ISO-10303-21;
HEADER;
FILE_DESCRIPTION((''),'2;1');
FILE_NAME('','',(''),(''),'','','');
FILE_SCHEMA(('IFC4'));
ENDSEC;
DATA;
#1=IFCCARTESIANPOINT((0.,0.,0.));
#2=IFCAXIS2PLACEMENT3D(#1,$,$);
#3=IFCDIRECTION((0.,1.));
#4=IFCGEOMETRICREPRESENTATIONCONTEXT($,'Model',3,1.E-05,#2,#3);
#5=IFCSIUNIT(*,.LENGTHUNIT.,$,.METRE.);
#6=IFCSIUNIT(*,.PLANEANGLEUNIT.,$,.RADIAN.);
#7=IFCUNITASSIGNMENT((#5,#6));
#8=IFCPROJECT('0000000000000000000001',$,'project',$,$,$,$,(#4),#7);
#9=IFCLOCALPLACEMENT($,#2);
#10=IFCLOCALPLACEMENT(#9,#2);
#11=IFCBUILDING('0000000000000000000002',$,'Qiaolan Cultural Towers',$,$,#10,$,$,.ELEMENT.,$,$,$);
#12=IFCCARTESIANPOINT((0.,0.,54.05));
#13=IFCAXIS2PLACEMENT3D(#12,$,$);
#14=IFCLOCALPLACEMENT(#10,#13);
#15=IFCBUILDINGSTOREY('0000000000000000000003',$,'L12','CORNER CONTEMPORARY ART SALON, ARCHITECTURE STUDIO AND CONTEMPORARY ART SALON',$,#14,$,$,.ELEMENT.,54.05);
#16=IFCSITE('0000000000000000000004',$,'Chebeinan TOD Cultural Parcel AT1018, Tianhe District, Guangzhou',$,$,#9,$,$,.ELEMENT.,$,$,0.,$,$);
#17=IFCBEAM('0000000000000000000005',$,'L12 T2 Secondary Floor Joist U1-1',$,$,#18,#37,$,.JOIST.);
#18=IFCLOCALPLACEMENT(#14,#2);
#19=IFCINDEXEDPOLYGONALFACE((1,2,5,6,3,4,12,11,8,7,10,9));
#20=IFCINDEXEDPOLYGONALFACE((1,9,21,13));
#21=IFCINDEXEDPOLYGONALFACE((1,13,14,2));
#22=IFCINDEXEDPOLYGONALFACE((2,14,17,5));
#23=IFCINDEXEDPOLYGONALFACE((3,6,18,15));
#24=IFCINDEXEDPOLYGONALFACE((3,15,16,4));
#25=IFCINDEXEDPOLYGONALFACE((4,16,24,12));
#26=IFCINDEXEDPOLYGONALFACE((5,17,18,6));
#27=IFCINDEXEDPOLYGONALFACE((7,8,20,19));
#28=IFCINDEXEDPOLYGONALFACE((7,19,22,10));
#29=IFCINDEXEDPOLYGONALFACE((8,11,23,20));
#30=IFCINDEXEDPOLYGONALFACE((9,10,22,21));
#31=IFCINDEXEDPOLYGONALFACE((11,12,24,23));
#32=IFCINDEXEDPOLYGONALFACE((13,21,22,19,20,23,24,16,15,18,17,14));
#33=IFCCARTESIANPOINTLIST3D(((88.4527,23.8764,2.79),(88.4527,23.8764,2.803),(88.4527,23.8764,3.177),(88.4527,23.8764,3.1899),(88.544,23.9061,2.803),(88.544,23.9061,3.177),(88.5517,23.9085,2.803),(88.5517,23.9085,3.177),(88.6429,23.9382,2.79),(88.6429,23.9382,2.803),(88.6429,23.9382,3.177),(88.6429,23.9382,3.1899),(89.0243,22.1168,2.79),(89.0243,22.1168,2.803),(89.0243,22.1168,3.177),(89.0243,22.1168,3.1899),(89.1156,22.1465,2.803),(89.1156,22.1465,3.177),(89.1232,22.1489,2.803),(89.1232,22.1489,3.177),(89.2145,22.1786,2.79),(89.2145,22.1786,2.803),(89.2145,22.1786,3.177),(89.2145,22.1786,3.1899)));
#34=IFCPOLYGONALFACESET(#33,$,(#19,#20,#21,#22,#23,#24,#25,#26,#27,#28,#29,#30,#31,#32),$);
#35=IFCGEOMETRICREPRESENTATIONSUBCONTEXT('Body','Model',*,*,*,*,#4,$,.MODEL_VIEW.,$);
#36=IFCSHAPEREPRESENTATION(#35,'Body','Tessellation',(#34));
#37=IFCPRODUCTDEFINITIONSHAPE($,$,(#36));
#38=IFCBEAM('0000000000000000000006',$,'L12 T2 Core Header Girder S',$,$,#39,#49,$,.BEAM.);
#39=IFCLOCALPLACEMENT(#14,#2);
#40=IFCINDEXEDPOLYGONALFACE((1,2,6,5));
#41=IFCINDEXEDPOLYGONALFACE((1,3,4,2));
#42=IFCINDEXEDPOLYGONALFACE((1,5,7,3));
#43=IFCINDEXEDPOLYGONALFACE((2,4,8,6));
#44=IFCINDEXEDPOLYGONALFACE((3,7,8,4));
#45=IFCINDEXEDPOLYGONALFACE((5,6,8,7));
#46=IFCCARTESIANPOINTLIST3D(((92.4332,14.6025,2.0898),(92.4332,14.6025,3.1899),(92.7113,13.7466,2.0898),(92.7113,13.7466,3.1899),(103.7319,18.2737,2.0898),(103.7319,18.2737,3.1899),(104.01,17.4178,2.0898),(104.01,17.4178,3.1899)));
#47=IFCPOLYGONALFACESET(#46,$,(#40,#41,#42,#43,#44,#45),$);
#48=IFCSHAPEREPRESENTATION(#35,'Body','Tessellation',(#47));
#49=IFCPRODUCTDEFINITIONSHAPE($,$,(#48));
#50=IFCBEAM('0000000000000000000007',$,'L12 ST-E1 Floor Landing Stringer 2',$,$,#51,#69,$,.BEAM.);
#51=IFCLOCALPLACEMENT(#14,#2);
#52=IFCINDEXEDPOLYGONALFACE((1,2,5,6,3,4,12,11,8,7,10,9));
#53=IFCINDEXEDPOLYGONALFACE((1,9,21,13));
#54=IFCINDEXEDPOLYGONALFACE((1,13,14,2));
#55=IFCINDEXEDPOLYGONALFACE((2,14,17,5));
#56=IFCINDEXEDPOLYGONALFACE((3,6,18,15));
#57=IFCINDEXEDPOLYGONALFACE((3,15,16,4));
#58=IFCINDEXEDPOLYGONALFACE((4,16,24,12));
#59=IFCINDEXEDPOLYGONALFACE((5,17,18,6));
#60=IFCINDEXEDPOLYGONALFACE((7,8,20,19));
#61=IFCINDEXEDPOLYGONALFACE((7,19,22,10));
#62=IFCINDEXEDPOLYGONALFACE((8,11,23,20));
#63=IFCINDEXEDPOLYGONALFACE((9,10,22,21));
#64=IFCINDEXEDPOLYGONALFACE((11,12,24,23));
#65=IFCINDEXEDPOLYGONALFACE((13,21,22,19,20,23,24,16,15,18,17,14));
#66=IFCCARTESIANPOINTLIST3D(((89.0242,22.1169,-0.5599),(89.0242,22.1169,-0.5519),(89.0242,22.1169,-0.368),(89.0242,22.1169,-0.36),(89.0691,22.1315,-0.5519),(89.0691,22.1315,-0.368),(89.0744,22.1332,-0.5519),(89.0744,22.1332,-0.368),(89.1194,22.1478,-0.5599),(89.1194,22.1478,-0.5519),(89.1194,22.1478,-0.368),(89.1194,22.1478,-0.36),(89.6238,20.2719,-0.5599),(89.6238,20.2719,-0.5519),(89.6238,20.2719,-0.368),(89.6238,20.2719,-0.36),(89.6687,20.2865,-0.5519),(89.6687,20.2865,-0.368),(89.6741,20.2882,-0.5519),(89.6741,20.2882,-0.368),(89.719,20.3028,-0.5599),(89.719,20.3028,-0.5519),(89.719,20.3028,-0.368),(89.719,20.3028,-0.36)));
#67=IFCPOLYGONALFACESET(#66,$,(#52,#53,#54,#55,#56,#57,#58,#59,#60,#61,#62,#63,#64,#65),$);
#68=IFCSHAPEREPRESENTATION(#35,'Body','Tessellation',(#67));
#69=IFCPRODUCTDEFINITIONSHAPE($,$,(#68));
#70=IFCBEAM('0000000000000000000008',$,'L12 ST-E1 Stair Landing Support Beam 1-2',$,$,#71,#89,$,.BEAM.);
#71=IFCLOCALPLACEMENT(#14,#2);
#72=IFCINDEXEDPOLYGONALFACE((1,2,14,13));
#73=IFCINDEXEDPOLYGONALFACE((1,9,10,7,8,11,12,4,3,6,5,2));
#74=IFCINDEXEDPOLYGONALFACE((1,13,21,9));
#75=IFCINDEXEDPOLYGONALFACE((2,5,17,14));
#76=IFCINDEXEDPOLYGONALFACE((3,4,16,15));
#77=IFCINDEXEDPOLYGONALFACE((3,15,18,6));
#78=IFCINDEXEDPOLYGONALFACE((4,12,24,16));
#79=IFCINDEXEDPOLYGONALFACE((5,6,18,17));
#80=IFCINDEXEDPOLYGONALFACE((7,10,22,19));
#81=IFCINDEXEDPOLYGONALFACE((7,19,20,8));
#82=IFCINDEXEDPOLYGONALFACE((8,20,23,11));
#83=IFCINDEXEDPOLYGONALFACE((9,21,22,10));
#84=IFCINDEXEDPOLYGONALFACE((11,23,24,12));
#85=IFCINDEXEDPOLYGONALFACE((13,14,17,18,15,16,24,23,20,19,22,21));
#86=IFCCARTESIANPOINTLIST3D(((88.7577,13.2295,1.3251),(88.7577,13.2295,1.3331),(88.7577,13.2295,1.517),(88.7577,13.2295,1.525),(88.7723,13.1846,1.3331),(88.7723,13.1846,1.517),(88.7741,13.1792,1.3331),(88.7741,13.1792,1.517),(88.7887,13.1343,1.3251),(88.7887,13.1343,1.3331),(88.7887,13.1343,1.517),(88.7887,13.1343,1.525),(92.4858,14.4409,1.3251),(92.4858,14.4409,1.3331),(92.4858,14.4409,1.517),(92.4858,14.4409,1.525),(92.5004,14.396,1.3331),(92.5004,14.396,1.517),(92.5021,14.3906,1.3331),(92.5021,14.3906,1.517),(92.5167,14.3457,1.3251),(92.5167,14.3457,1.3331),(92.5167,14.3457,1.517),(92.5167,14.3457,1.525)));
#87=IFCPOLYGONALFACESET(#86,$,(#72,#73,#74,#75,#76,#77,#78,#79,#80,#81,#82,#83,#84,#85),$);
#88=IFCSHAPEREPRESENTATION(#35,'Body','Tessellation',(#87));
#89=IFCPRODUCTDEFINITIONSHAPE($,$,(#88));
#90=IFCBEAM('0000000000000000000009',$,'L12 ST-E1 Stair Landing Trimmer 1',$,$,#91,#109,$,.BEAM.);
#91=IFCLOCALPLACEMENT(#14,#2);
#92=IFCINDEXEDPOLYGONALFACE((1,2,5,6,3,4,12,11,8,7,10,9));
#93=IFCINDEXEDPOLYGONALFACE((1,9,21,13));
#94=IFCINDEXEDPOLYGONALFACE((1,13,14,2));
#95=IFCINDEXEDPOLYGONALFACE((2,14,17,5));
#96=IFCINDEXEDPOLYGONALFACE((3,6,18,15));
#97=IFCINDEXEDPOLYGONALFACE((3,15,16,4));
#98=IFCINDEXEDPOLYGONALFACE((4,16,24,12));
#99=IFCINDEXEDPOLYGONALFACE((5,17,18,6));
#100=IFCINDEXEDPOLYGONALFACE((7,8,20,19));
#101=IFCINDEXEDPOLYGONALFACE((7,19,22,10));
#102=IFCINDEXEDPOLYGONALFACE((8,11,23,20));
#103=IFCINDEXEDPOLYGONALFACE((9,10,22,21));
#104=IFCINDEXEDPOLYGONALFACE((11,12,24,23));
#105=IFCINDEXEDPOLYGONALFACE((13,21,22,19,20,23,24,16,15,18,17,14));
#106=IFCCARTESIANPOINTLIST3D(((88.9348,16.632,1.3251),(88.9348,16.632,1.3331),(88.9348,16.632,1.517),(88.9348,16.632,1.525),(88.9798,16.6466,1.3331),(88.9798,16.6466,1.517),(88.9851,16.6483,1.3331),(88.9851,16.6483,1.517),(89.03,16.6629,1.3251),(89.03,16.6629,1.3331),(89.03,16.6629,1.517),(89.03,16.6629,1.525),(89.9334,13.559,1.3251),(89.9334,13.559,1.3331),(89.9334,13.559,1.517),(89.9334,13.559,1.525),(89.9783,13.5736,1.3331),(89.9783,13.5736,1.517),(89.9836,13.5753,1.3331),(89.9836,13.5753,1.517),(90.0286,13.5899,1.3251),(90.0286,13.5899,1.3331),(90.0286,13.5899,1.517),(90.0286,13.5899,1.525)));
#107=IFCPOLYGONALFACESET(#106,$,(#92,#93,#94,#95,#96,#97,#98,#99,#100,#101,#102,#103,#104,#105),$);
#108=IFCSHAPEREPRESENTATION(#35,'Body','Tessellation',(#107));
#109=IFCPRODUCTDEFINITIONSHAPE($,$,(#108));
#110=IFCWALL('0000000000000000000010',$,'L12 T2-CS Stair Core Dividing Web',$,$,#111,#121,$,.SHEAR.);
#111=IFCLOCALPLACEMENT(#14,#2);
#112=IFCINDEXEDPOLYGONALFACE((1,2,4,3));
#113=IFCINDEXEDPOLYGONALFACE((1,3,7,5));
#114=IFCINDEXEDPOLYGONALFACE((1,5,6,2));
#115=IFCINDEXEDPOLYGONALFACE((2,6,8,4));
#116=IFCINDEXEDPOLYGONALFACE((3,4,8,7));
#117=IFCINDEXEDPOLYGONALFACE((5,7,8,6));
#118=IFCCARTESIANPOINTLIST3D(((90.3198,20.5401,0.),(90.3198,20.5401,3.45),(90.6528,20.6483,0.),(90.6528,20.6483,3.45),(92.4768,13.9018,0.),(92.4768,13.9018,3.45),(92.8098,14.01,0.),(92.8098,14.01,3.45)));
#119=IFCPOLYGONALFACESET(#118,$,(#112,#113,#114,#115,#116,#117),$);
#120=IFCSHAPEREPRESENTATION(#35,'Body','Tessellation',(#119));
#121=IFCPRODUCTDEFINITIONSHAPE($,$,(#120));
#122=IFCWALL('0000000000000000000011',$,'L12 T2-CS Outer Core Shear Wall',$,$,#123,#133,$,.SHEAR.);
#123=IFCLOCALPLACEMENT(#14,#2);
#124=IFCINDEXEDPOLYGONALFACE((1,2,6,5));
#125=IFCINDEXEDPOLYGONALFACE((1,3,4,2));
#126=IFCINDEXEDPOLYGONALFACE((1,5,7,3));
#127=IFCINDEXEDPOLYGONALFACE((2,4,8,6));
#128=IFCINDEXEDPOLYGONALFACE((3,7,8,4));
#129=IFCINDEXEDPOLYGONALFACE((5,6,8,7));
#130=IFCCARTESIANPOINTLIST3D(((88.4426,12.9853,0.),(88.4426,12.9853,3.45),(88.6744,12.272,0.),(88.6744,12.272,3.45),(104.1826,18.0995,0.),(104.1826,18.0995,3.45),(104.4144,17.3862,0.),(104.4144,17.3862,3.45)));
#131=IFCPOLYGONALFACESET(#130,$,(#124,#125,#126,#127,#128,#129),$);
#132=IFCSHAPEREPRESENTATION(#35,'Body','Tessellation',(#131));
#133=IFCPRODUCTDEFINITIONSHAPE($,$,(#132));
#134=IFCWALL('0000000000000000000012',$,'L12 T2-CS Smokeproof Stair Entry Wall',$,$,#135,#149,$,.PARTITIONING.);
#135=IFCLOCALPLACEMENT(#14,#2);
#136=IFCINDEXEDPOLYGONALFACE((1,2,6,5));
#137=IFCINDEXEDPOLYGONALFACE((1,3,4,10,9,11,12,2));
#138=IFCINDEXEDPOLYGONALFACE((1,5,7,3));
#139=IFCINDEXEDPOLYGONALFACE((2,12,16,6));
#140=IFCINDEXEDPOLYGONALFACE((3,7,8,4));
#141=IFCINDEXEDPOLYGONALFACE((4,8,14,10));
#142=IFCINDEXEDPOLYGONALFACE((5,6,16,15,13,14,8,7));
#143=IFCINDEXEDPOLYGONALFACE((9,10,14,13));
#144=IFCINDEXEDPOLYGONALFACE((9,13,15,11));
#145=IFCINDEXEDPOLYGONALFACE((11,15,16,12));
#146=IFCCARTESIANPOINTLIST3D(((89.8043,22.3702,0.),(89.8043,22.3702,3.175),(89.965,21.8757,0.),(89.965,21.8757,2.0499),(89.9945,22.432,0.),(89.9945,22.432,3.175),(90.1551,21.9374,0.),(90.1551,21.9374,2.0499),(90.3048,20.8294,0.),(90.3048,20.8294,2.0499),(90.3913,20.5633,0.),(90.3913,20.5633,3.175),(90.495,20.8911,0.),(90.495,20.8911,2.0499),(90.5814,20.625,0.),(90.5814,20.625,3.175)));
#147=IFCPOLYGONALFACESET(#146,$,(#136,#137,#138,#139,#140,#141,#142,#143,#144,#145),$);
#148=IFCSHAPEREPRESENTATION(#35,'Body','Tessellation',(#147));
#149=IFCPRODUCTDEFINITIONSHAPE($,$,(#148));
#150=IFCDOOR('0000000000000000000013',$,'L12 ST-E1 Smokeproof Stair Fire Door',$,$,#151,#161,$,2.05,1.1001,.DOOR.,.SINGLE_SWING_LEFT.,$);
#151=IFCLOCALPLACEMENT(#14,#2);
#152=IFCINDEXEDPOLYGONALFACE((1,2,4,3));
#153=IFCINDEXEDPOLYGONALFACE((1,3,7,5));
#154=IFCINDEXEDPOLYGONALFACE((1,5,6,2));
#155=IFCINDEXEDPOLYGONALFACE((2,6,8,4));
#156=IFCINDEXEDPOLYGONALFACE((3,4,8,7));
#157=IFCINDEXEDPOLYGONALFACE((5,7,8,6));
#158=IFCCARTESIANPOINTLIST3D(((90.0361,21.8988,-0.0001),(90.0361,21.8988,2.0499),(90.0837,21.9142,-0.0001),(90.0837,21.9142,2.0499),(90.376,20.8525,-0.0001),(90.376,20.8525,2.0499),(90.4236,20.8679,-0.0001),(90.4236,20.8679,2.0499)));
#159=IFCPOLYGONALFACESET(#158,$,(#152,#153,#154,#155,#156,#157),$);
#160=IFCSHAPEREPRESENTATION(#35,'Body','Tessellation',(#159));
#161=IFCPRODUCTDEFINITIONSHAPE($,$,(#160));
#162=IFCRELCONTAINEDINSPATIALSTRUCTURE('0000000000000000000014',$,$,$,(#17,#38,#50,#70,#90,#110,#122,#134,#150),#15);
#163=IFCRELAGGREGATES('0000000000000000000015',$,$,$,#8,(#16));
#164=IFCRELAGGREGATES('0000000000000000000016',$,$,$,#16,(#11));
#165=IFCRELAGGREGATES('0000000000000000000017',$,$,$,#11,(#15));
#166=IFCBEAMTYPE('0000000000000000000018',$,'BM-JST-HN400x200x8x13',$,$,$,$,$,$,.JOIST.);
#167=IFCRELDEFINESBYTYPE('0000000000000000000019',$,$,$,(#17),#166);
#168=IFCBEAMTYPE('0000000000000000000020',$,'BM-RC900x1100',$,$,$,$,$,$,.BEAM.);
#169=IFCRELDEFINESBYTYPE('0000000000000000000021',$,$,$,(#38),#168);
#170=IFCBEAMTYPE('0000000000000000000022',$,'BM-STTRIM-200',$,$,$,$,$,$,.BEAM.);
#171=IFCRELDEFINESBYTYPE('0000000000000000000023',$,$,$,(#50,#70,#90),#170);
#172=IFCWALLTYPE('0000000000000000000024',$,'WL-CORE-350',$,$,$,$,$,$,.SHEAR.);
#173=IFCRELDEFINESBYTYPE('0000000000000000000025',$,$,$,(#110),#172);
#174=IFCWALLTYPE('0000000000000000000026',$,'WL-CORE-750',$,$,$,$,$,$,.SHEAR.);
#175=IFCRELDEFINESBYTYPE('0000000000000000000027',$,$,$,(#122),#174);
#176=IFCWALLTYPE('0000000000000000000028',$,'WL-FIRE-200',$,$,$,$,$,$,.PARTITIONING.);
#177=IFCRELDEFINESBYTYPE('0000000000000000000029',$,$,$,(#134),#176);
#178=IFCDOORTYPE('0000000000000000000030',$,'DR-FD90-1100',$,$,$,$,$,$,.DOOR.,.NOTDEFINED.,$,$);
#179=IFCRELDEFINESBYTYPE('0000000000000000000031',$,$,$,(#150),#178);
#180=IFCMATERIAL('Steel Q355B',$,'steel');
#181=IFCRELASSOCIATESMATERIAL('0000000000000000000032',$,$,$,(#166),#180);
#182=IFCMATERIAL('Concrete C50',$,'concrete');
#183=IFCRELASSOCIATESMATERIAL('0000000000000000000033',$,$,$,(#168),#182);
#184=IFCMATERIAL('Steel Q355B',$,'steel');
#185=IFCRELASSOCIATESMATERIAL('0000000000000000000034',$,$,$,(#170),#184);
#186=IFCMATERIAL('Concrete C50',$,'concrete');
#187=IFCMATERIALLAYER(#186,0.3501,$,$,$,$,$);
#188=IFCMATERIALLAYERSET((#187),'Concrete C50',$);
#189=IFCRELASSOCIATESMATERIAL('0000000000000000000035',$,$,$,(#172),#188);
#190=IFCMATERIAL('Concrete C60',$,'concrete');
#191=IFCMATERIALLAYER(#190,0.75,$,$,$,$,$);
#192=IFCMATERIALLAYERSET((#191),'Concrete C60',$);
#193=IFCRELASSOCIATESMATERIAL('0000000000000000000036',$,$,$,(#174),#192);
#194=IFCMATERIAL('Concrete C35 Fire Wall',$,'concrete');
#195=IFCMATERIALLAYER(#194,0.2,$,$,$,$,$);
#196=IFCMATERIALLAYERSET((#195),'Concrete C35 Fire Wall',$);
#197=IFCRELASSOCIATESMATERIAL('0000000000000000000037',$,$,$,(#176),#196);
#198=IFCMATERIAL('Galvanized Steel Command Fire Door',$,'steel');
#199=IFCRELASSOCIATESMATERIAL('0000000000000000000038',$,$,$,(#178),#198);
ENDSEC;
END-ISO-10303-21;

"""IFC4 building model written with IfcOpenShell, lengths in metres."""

from ifc_helpers import new_model, si_unit, direction, frame, frame_2d, origin, origin_2d, place, context, subcontext, project, spatial, rectangle, i_section, extrude, material, layer, layer_set, material_profile, profile_set, type_object, element, fill, save


model = new_model("IFC4")

# Units and contexts
model_context = context("Model", 3, precision=1e-05, world=origin(), true_north=direction((0.0, 1.0)))
body_context = subcontext(model_context, "Body", "Model", "MODEL_VIEW")
ifc_project = project(units=[si_unit("LENGTHUNIT", "METRE"), si_unit("PLANEANGLEUNIT", "RADIAN")], contexts=[model_context])

# Site, building, storey
site_placement = place(None, origin())
site = spatial("IfcSite", under=ifc_project, at=site_placement, Name="Chebeinan TOD Cultural Parcel AT1018, Tianhe District, Guangzhou", CompositionType="ELEMENT", RefElevation=0.0)
building_placement = place(site_placement, origin())
building = spatial("IfcBuilding", under=site, at=building_placement, Name="Qiaolan Cultural Towers", CompositionType="ELEMENT")
storey_placement = place(building_placement, frame((0.0, 0.0, 54.05)))
storey = spatial("IfcBuildingStorey", under=building, at=storey_placement, Name="L12", Description="CORNER CONTEMPORARY ART SALON, ARCHITECTURE STUDIO AND CONTEMPORARY ART SALON", CompositionType="ELEMENT", Elevation=54.05)

# Beams
ifc_material_1 = material(Name="Steel Q355B", Category="steel")
ifc_material_profile_1 = material_profile(ifc_material_1, i_section(OverallWidth=0.2, OverallDepth=0.3999, WebThickness=0.0081, FlangeThickness=0.0129, at=origin_2d()), Name="HN400x200x8x13")
ifc_profile_set_1 = profile_set([ifc_material_profile_1], Name="Steel Q355B")
beam_type_1 = type_object("IfcBeamType", Name="BM-JST-HN400x200x8x13", PredefinedType="JOIST", material=ifc_profile_set_1)
beam_1_placement = place(storey_placement, frame((89.1194, 22.1477, 2.99), z_axis=(-0.308934, 0.951084, 0.0), x_axis=(-0.951084, -0.308934, 0.0)))
element("IfcBeam", 1, at=beam_1_placement, inside=storey, type_object=beam_type_1, Name="L12 T2 Secondary Floor Joist U1-1", PredefinedType="JOIST", context=body_context, shape_type="SweptSolid", body=[
    extrude(i_section(OverallWidth=0.2, OverallDepth=0.3999, WebThickness=0.0081, FlangeThickness=0.0129, at=origin_2d()), origin(), (0.0, 0.0, 1.0), 1.8501),
])
ifc_material_2 = material(Name="Concrete C50", Category="concrete")
ifc_material_profile_2 = material_profile(ifc_material_2, rectangle(XDim=0.8999, YDim=1.1001, at=origin_2d()), Name="RC900x1100")
ifc_profile_set_2 = profile_set([ifc_material_profile_2], Name="Concrete C50")
beam_type_2 = type_object("IfcBeamType", Name="BM-RC900x1100", PredefinedType="BEAM", material=ifc_profile_set_2)
beam_2_placement = place(storey_placement, frame((92.5723, 14.1746, 2.6399), z_axis=(0.951056, 0.309018, 0.0), x_axis=(-0.309018, 0.951056, 0.0)))
element("IfcBeam", 2, at=beam_2_placement, inside=storey, type_object=beam_type_2, Name="L12 T2 Core Header Girder S", PredefinedType="BEAM", context=body_context, shape_type="SweptSolid", body=[
    extrude(rectangle(XDim=0.8999, YDim=1.1001, at=origin_2d()), origin(), (0.0, 0.0, 1.0), 11.8801),
])
ifc_material_3 = material(Name="Steel Q355B", Category="steel")
ifc_material_profile_3 = material_profile(ifc_material_3, i_section(OverallWidth=0.1001, OverallDepth=0.2, WebThickness=0.0056, FlangeThickness=0.0081, at=origin_2d()), Name="HN200x100x5.5x8")
ifc_profile_set_3 = profile_set([ifc_material_profile_3], Name="Steel Q355B")
beam_type_3 = type_object("IfcBeamType", Name="BM-STTRIM-200", PredefinedType="BEAM", material=ifc_profile_set_3)
beam_3_placement = place(storey_placement, frame((89.0718, 22.1323, -0.46), z_axis=(0.309083, -0.951035, 0.0), x_axis=(0.951035, 0.309083, 0.0)))
element("IfcBeam", 3, at=beam_3_placement, inside=storey, type_object=beam_type_3, Name="L12 ST-E1 Floor Landing Stringer 2", PredefinedType="BEAM", context=body_context, shape_type="SweptSolid", body=[
    extrude(i_section(OverallWidth=0.1001, OverallDepth=0.2, WebThickness=0.0056, FlangeThickness=0.0081, at=origin_2d()), origin(), (0.0, 0.0, 1.0), 1.9399),
])
beam_4_placement = place(storey_placement, frame((88.7732, 13.1819, 1.425), z_axis=(0.951048, 0.309044, 0.0), x_axis=(-0.309044, 0.951048, 0.0)))
element("IfcBeam", 4, at=beam_4_placement, inside=storey, type_object=beam_type_3, Name="L12 ST-E1 Stair Landing Support Beam 1-2", PredefinedType="BEAM", context=body_context, shape_type="SweptSolid", body=[
    extrude(i_section(OverallWidth=0.1001, OverallDepth=0.2, WebThickness=0.0056, FlangeThickness=0.0081, at=origin_2d()), origin(), (0.0, 0.0, 1.0), 3.9199),
])
beam_5_placement = place(storey_placement, frame((88.9824, 16.6475, 1.425), z_axis=(0.309033, -0.951051, 0.0), x_axis=(0.951051, 0.309033, 0.0)))
element("IfcBeam", 5, at=beam_5_placement, inside=storey, type_object=beam_type_3, Name="L12 ST-E1 Stair Landing Trimmer 1", PredefinedType="BEAM", context=body_context, shape_type="SweptSolid", body=[
    extrude(i_section(OverallWidth=0.1001, OverallDepth=0.2, WebThickness=0.0056, FlangeThickness=0.0081, at=origin_2d()), origin(), (0.0, 0.0, 1.0), 3.2312),
])

# Walls
ifc_material_4 = material(Name="Concrete C50", Category="concrete")
ifc_layer_1 = layer(ifc_material_4, 0.3501)
ifc_layer_set_1 = layer_set([ifc_layer_1], Name="Concrete C50")
wall_type_1 = type_object("IfcWallType", Name="WL-CORE-350", PredefinedType="SHEAR", material=ifc_layer_set_1)
wall_1_placement = place(storey_placement, frame((90.4863, 20.5942, 0.0), z_axis=(0.0, 0.0, 1.0), x_axis=(0.30902, -0.951055, 0.0)))
element("IfcWall", 6, at=wall_1_placement, inside=storey, type_object=wall_type_1, Name="L12 T2-CS Stair Core Dividing Web", PredefinedType="SHEAR", context=body_context, shape_type="SweptSolid", body=[
    extrude(rectangle(XDim=6.98, YDim=0.3501, at=frame_2d((3.49, 0.0))), origin(), (0.0, 0.0, 1.0), 3.45),
])
ifc_material_5 = material(Name="Concrete C60", Category="concrete")
ifc_layer_2 = layer(ifc_material_5, 0.75)
ifc_layer_set_2 = layer_set([ifc_layer_2], Name="Concrete C60")
wall_type_2 = type_object("IfcWallType", Name="WL-CORE-750", PredefinedType="SHEAR", material=ifc_layer_set_2)
wall_2_placement = place(storey_placement, frame((88.5586, 12.6287, 0.0), z_axis=(0.0, 0.0, 1.0), x_axis=(0.951056, 0.309018, 0.0)))
element("IfcWall", 7, at=wall_2_placement, inside=storey, type_object=wall_type_2, Name="L12 T2-CS Outer Core Shear Wall", PredefinedType="SHEAR", context=body_context, shape_type="SweptSolid", body=[
    extrude(rectangle(XDim=16.55, YDim=0.75, at=frame_2d((8.2749, 0.0))), origin(), (0.0, 0.0, 1.0), 3.45),
])

# Wall, opening, door
ifc_material_6 = material(Name="Concrete C35 Fire Wall", Category="concrete")
ifc_layer_3 = layer(ifc_material_6, 0.2)
ifc_layer_set_3 = layer_set([ifc_layer_3], Name="Concrete C35 Fire Wall")
wall_type_3 = type_object("IfcWallType", Name="WL-FIRE-200", PredefinedType="PARTITIONING", material=ifc_layer_set_3)
wall_3_placement = place(storey_placement, frame((89.8994, 22.4011, 0.0), z_axis=(0.0, 0.0, 1.0), x_axis=(0.308932, -0.951084, 0.0)))
wall_3 = element("IfcWall", 8, at=wall_3_placement, inside=storey, type_object=wall_type_3, Name="L12 T2-CS Smokeproof Stair Entry Wall", PredefinedType="PARTITIONING", context=body_context, shape_type="SweptSolid", body=[
    extrude(rectangle(XDim=1.8999, YDim=0.2, at=frame_2d((0.95, 0.0))), origin(), (0.0, 0.0, 1.0), 3.175),
])
opening_1_placement = place(wall_3_placement, frame((0.52, 0.0, 0.0)))
opening_1 = element("IfcOpeningElement", 9, at=opening_1_placement, cuts=wall_3, PredefinedType="OPENING", context=body_context, shape_type="SweptSolid", body=[
    extrude(rectangle(XDim=1.1001, YDim=2.05, at=frame_2d((0.55, 1.0249))), frame((0.0, 0.1099, 0.0), z_axis=(0.0, -1.0, 0.0), x_axis=(1.0, 0.0, 0.0)), (0.0, 0.0, 1.0), 0.22),
])
ifc_material_7 = material(Name="Galvanized Steel Command Fire Door", Category="steel")
door_type_1 = type_object("IfcDoorType", Name="DR-FD90-1100", OperationType="NOTDEFINED", PredefinedType="DOOR", material=ifc_material_7)
door_1_placement = place(opening_1_placement, origin())
door_1 = element("IfcDoor", 10, at=door_1_placement, inside=storey, type_object=door_type_1, Name="L12 ST-E1 Smokeproof Stair Fire Door", OperationType="SINGLE_SWING_LEFT", OverallHeight=2.05, OverallWidth=1.1001, PredefinedType="DOOR", context=body_context, shape_type="SweptSolid", body=[
    extrude(rectangle(XDim=1.1001, YDim=2.05, at=frame_2d((0.55, 1.0249))), frame((0.0, 0.0249, 0.0), z_axis=(0.0, -1.0, 0.0), x_axis=(1.0, 0.0, 0.0)), (0.0, 0.0, 1.0), 0.05),
])
fill(opening_1, door_1)

save(model, "model.ifc")
